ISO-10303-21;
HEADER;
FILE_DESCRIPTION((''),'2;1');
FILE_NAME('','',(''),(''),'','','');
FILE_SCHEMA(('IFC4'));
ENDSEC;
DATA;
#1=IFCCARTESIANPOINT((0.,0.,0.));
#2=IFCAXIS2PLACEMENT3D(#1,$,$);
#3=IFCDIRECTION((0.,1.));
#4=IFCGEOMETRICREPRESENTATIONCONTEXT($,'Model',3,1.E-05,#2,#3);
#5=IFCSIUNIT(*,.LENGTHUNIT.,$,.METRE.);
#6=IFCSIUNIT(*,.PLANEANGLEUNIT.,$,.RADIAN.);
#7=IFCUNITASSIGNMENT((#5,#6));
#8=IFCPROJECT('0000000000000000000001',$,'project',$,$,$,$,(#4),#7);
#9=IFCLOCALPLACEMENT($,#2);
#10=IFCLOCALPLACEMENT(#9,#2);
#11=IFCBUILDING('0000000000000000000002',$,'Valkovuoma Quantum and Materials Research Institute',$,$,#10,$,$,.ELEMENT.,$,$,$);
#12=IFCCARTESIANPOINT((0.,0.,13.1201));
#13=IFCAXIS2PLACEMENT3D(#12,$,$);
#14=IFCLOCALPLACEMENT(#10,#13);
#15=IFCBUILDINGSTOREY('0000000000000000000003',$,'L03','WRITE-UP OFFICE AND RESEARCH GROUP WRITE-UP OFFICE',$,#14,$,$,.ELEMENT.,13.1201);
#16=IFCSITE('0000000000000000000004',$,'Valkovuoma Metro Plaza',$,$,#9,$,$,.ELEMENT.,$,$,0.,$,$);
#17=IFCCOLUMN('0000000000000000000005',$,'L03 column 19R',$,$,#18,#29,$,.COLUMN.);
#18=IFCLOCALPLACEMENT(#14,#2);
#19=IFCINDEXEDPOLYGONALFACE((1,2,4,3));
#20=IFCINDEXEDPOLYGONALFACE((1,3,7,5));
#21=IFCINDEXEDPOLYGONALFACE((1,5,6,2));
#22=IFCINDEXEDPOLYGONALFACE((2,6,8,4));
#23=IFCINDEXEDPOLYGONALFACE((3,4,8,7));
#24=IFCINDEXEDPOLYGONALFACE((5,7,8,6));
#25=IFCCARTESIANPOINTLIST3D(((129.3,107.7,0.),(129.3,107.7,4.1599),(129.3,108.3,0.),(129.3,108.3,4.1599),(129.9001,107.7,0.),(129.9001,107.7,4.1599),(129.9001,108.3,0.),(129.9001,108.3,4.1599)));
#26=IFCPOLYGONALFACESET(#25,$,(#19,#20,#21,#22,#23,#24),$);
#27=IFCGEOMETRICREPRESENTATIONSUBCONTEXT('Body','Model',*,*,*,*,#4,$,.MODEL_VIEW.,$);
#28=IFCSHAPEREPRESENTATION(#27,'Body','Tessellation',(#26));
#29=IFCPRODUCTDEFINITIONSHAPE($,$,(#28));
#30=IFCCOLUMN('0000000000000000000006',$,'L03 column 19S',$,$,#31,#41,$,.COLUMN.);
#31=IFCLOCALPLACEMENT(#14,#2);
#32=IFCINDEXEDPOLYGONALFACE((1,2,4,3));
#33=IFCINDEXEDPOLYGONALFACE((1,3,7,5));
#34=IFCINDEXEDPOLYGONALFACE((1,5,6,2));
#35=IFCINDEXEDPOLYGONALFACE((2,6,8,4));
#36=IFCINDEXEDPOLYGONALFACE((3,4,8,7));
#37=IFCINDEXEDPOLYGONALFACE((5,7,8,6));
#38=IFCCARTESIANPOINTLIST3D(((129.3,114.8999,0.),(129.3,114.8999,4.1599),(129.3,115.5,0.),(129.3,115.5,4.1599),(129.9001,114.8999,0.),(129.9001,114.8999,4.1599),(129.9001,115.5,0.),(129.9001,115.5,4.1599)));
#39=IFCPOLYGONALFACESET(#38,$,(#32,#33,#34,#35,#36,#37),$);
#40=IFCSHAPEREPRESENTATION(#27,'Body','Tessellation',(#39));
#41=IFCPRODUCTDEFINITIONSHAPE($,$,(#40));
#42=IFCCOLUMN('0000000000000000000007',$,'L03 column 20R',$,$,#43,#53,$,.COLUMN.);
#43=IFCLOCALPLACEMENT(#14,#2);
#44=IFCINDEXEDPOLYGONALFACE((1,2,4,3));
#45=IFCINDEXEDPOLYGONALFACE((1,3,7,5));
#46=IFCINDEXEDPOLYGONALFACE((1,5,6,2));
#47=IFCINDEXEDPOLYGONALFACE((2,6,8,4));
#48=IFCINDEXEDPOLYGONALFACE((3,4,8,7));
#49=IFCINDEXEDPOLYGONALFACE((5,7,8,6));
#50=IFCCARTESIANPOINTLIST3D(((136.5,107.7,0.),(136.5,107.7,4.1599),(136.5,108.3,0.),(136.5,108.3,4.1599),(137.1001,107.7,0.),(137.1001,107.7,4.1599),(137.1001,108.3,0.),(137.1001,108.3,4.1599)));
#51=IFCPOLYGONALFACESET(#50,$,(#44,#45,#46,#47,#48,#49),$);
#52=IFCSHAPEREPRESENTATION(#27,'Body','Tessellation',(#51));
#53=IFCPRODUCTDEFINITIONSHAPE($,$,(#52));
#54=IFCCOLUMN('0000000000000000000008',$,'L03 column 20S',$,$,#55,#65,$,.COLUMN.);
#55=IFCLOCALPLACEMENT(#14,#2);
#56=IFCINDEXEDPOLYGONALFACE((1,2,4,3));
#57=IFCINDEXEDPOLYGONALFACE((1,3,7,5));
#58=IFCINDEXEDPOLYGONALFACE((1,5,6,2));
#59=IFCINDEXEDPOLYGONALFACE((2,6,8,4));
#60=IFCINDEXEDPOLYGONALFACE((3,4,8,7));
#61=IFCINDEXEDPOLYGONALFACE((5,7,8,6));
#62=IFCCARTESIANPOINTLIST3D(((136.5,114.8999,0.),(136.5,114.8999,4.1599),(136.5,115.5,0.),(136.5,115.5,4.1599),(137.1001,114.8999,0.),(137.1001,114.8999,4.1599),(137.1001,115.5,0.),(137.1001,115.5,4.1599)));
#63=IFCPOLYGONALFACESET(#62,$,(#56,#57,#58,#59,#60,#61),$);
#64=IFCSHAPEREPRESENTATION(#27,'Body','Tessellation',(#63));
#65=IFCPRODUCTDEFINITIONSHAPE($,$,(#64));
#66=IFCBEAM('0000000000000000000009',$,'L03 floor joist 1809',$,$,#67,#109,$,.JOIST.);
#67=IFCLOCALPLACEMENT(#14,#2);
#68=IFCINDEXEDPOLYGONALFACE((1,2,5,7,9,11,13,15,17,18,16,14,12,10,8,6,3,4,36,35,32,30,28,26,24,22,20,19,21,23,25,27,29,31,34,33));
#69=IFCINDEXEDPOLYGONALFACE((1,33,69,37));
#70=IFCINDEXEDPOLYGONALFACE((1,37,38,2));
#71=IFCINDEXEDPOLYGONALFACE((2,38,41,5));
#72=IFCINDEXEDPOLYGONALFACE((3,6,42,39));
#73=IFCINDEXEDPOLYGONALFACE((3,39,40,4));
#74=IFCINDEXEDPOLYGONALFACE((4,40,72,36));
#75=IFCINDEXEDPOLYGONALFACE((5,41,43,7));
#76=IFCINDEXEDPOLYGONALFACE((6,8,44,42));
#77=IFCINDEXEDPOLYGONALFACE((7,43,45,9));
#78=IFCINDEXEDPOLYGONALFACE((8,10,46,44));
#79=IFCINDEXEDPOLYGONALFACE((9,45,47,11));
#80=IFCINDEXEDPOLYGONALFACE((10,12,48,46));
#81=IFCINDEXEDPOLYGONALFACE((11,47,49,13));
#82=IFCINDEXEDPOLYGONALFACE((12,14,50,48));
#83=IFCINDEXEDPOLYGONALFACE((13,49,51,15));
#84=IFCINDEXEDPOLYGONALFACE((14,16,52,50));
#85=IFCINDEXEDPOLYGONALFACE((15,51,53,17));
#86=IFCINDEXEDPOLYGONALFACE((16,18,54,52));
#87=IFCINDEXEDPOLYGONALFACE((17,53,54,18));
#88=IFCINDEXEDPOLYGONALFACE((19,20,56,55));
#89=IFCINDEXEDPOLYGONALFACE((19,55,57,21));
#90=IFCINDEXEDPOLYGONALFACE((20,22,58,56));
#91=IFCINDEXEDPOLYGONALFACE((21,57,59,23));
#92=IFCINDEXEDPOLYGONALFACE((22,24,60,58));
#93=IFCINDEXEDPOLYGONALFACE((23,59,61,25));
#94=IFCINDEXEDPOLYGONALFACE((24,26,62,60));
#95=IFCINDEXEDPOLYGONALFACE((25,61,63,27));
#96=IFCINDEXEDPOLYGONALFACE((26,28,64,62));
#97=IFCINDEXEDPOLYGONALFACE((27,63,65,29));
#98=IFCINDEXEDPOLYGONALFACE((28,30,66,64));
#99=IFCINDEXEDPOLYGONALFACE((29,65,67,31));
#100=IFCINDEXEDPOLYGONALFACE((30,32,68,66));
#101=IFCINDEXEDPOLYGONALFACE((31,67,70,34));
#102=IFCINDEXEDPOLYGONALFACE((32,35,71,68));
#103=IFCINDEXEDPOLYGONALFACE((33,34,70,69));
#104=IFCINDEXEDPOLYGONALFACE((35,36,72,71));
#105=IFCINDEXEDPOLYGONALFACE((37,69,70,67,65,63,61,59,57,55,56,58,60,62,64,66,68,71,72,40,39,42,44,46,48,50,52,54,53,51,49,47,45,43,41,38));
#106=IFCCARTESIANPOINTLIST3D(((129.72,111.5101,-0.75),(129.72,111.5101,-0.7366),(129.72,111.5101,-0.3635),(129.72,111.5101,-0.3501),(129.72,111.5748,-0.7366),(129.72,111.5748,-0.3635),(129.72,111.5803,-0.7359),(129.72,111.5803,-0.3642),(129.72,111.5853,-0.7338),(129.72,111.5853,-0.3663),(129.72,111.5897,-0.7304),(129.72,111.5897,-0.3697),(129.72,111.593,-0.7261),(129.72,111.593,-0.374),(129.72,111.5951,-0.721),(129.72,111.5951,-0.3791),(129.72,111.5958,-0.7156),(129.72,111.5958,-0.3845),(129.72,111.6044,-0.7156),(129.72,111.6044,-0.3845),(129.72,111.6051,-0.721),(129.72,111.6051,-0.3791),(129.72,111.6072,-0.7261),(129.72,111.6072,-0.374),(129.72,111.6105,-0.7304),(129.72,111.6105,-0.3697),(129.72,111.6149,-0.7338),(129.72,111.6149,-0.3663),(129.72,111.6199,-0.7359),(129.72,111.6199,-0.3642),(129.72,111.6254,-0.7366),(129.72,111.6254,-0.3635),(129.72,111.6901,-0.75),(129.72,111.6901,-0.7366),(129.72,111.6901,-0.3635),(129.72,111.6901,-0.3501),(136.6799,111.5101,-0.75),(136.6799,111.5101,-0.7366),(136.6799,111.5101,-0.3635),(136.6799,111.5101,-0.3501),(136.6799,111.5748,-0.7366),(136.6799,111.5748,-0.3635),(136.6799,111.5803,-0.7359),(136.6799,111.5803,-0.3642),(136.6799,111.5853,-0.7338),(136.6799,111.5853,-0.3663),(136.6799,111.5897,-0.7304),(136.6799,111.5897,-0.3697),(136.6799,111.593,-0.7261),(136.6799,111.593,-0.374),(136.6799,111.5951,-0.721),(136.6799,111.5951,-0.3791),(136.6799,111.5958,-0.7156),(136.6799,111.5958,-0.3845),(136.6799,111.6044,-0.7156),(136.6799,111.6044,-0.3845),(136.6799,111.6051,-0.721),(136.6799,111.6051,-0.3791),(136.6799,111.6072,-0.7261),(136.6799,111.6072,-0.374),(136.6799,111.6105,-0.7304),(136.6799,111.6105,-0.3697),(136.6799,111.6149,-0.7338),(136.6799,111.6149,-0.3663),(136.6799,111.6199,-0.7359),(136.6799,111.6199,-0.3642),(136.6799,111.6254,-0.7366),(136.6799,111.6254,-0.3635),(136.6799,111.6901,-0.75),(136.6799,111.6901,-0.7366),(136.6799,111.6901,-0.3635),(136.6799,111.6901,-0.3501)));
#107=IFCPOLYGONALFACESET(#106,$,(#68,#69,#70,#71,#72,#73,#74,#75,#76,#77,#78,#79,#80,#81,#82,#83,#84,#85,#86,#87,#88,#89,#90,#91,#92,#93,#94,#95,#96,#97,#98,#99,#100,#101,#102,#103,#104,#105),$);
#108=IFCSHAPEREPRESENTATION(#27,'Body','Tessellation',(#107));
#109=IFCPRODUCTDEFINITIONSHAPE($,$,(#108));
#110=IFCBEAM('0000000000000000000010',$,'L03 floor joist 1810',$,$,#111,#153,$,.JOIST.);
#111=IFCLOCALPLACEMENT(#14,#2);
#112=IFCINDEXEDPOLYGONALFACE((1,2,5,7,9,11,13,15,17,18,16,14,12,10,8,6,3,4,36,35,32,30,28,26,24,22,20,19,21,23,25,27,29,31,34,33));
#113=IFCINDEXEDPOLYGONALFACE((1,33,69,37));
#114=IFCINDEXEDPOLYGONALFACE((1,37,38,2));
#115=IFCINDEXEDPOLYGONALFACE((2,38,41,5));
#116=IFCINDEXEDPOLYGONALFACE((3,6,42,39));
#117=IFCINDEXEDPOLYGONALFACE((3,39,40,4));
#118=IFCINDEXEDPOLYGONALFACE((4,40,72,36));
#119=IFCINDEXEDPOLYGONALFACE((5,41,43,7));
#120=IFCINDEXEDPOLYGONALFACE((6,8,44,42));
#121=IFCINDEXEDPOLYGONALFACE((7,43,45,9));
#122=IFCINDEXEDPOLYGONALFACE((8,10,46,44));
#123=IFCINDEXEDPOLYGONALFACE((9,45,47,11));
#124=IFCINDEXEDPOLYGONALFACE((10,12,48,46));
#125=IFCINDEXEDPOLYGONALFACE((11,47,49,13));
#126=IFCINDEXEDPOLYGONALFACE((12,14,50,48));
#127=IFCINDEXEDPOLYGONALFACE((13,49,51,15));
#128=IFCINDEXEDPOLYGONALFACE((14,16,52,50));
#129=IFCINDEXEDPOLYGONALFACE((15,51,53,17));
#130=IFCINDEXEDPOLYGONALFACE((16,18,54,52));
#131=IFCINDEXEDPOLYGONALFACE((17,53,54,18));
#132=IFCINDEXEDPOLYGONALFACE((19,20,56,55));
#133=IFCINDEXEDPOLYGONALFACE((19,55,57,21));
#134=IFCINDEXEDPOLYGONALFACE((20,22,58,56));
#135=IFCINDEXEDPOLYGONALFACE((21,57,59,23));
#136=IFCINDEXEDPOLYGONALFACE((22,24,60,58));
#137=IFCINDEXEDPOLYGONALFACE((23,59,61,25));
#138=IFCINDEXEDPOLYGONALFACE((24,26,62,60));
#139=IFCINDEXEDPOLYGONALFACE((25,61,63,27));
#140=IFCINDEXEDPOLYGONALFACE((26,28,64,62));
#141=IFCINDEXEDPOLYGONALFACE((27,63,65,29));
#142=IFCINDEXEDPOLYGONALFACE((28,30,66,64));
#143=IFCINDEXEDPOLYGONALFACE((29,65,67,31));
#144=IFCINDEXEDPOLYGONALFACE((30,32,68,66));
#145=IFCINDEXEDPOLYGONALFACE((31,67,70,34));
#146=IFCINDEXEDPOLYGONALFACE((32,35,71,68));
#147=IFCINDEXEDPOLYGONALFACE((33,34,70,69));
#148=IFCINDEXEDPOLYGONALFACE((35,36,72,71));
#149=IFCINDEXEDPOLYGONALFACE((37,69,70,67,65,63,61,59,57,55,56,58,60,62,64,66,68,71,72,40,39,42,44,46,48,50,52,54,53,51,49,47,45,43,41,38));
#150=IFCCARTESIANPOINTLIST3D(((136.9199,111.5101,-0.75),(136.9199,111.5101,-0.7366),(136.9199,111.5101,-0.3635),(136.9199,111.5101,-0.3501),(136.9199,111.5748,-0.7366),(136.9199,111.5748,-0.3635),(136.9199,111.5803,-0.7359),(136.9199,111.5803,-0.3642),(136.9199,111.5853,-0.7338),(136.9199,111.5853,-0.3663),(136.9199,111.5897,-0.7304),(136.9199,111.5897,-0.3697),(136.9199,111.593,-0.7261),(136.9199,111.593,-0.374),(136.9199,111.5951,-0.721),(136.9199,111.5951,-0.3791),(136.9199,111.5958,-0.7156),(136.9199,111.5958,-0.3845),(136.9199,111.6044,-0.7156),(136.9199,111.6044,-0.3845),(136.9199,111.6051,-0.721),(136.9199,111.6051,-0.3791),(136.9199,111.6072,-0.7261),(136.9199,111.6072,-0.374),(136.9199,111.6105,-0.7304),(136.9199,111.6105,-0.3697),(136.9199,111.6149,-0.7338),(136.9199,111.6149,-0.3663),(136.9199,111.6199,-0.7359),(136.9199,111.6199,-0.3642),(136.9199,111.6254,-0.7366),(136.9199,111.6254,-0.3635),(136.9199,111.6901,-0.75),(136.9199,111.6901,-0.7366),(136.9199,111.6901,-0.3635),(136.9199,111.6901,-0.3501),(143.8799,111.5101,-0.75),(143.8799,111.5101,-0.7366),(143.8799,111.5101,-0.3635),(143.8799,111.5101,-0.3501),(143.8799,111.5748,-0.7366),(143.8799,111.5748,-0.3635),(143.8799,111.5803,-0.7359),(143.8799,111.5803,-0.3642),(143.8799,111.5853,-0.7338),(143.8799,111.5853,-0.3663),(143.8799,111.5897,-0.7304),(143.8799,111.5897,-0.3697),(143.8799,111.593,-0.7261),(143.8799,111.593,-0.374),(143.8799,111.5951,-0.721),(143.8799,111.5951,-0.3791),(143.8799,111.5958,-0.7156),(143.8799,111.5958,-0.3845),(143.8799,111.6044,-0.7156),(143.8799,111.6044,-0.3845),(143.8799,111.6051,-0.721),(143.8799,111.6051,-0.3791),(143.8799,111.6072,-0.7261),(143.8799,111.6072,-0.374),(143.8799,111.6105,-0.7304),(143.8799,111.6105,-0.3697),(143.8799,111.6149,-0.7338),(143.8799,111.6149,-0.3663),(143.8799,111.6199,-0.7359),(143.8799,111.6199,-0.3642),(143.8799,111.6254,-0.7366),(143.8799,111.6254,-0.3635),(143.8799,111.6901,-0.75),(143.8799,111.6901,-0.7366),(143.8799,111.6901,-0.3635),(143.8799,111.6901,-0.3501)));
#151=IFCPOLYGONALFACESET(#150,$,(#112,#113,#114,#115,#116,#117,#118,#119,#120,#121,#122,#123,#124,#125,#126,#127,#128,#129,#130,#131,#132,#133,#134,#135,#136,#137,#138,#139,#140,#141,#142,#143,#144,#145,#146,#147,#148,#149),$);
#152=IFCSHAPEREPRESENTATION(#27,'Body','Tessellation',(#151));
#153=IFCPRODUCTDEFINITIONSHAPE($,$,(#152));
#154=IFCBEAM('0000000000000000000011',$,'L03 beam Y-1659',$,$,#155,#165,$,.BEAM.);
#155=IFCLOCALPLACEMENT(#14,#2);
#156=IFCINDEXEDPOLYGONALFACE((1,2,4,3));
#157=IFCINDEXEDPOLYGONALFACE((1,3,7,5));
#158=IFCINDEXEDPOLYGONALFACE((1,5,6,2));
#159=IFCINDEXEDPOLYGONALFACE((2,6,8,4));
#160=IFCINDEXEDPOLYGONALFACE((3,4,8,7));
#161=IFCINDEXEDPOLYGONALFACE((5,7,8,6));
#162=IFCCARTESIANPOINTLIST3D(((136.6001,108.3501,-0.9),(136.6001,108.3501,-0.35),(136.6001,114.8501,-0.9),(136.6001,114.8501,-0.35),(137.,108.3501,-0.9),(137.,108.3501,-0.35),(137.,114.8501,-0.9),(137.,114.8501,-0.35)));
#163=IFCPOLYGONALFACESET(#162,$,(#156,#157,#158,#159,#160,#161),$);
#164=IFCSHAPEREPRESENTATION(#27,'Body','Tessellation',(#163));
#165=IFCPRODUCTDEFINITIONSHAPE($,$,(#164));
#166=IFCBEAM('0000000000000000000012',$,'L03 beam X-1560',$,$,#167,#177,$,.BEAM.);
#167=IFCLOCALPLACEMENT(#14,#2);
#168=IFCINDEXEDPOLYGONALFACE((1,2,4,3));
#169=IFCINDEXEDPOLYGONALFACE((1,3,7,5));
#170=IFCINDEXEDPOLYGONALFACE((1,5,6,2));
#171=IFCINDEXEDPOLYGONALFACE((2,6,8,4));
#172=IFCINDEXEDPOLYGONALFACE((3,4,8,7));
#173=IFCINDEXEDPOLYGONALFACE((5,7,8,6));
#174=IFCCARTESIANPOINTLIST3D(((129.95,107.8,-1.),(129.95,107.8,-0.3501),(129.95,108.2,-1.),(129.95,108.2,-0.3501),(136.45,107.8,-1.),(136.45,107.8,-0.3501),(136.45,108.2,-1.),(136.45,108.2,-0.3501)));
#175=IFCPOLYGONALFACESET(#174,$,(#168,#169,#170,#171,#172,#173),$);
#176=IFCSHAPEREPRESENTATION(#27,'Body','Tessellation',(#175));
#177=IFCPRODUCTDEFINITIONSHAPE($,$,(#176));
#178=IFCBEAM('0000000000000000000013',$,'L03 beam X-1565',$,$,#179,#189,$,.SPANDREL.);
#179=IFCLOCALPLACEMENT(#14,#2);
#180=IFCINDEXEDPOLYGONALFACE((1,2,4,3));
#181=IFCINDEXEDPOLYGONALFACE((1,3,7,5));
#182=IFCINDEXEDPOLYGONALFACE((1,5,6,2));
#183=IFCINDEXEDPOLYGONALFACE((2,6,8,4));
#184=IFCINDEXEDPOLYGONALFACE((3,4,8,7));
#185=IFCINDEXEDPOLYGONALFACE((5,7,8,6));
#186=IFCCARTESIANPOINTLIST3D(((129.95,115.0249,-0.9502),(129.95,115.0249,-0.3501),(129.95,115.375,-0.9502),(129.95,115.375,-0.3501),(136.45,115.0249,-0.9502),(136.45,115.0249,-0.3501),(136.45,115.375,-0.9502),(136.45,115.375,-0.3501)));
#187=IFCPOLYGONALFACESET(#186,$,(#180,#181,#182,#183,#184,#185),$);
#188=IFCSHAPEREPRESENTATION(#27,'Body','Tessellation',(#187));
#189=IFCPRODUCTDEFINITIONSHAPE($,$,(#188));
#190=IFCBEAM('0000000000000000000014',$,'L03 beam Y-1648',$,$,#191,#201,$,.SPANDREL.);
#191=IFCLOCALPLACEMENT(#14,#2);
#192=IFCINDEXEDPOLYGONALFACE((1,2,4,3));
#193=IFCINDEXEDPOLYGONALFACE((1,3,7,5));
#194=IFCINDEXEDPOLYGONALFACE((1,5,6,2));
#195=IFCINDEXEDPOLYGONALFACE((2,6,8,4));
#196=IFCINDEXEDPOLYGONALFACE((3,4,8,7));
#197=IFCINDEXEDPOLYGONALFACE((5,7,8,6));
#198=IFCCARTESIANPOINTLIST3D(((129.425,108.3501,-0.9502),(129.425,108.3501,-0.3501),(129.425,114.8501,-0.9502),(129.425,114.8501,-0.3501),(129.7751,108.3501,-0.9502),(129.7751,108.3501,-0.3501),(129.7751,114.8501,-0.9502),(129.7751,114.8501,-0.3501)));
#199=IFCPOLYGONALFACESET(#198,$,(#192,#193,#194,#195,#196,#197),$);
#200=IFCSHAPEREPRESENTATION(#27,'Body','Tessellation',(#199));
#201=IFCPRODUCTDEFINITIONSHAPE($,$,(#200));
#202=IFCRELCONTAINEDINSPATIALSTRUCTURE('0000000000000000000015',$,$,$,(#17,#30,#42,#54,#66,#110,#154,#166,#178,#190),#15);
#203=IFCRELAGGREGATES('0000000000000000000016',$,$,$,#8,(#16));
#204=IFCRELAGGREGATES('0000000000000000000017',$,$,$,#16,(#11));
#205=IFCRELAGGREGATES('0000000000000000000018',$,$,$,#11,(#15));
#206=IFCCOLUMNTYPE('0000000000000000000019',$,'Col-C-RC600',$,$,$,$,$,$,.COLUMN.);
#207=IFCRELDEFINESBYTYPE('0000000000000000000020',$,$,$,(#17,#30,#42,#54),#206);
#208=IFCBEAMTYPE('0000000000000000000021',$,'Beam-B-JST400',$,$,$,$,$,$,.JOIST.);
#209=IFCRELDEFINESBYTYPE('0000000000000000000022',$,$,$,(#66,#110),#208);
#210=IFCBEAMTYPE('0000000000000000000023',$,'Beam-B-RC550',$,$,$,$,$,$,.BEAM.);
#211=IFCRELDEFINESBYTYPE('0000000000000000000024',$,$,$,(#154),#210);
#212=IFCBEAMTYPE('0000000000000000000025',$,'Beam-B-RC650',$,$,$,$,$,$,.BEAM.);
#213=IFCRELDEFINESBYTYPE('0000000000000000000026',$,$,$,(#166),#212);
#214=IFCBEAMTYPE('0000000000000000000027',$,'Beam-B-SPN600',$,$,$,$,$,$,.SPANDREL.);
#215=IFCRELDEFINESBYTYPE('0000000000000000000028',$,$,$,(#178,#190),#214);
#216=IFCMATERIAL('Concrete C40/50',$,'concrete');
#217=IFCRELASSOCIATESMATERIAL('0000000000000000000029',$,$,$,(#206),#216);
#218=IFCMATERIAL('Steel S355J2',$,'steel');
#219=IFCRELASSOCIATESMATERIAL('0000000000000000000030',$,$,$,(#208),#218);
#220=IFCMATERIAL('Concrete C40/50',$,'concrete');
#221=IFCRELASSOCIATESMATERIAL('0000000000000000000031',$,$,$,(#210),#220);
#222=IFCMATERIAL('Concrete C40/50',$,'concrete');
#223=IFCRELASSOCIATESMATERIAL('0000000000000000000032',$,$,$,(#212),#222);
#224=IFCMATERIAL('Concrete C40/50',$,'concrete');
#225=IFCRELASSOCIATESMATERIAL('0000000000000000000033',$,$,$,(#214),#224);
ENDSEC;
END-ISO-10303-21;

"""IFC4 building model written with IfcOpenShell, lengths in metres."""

from ifc_helpers import new_model, si_unit, direction, frame, origin, origin_2d, place, context, subcontext, project, spatial, rectangle, i_section, extrude, material, material_profile, profile_set, type_object, element, save


model = new_model("IFC4")

# Units and contexts
model_context = context("Model", 3, precision=1e-05, world=origin(), true_north=direction((0.0, 1.0)))
body_context = subcontext(model_context, "Body", "Model", "MODEL_VIEW")
ifc_project = project(units=[si_unit("LENGTHUNIT", "METRE"), si_unit("PLANEANGLEUNIT", "RADIAN")], contexts=[model_context])

# Site, building, storey
site_placement = place(None, origin())
site = spatial("IfcSite", under=ifc_project, at=site_placement, Name="Valkovuoma Metro Plaza", CompositionType="ELEMENT", RefElevation=0.0)
building_placement = place(site_placement, origin())
building = spatial("IfcBuilding", under=site, at=building_placement, Name="Valkovuoma Quantum and Materials Research Institute", CompositionType="ELEMENT")
storey_placement = place(building_placement, frame((0.0, 0.0, 13.1201)))
storey = spatial("IfcBuildingStorey", under=building, at=storey_placement, Name="L03", Description="WRITE-UP OFFICE AND RESEARCH GROUP WRITE-UP OFFICE", CompositionType="ELEMENT", Elevation=13.1201)

# Columns
ifc_material_1 = material(Name="Concrete C40/50", Category="concrete")
ifc_material_profile_1 = material_profile(ifc_material_1, rectangle(XDim=0.6001, YDim=0.6001, at=origin_2d()), Name="Concrete C40/50")
ifc_profile_set_1 = profile_set([ifc_material_profile_1], Name="Concrete C40/50")
column_type = type_object("IfcColumnType", Name="Col-C-RC600", PredefinedType="COLUMN", material=ifc_profile_set_1)
for number, where, z_axis, x_axis, name in (
    (1, (129.6001, 108.0, 0.0), (0.0, 0.0, 1.0), (1.0, 0.0, 0.0), "L03 column 19R"),
    (2, (129.6001, 115.2, 0.0), (0.0, 0.0, 1.0), (1.0, 0.0, 0.0), "L03 column 19S"),
    (3, (136.8, 108.0, 0.0), (0.0, 0.0, 1.0), (1.0, 0.0, 0.0), "L03 column 20R"),
    (4, (136.8, 115.2, 0.0), (0.0, 0.0, 1.0), (1.0, 0.0, 0.0), "L03 column 20S"),
):
    element("IfcColumn", number, at=place(storey_placement, frame(where, z_axis=z_axis, x_axis=x_axis)), inside=storey, type_object=column_type, Name=name, PredefinedType="COLUMN", context=body_context, shape_type="SweptSolid", body=[
        extrude(rectangle(XDim=0.6001, YDim=0.6001, at=origin_2d()), origin(), (0.0, 0.0, 1.0), 4.1599),
    ])

# Beams
ifc_material_2 = material(Name="Steel S355J2", Category="steel")
ifc_material_profile_2 = material_profile(ifc_material_2, i_section(OverallWidth=0.1799, OverallDepth=0.3999, WebThickness=0.0085, FlangeThickness=0.0134, FilletRadius=0.021, at=origin_2d()), Name="Steel S355J2")
ifc_profile_set_2 = profile_set([ifc_material_profile_2], Name="Steel S355J2")
beam_type_1 = type_object("IfcBeamType", Name="Beam-B-JST400", PredefinedType="JOIST", material=ifc_profile_set_2)
for number, where, z_axis, x_axis, name in (
    (5, (129.72, 111.6001, -0.55), (1.0, 0.0, 0.0), (0.0, 1.0, 0.0), "L03 floor joist 1809"),
    (6, (136.9199, 111.6001, -0.55), (1.0, 0.0, 0.0), (0.0, 1.0, 0.0), "L03 floor joist 1810"),
):
    element("IfcBeam", number, at=place(storey_placement, frame(where, z_axis=z_axis, x_axis=x_axis)), inside=storey, type_object=beam_type_1, Name=name, PredefinedType="JOIST", context=body_context, shape_type="SweptSolid", body=[
        extrude(i_section(OverallWidth=0.1799, OverallDepth=0.3999, WebThickness=0.0085, FlangeThickness=0.0134, FilletRadius=0.021, at=origin_2d()), origin(), (0.0, 0.0, 1.0), 6.96),
    ])
ifc_material_3 = material(Name="Concrete C40/50", Category="concrete")
ifc_material_profile_3 = material_profile(ifc_material_3, rectangle(XDim=0.3999, YDim=0.55, at=origin_2d()), Name="Concrete C40/50")
ifc_profile_set_3 = profile_set([ifc_material_profile_3], Name="Concrete C40/50")
beam_type_2 = type_object("IfcBeamType", Name="Beam-B-RC550", PredefinedType="BEAM", material=ifc_profile_set_3)
beam_1_placement = place(storey_placement, frame((136.8, 108.3501, -0.625), z_axis=(0.0, 1.0, 0.0), x_axis=(-1.0, 0.0, 0.0)))
element("IfcBeam", 7, at=beam_1_placement, inside=storey, type_object=beam_type_2, Name="L03 beam Y-1659", PredefinedType="BEAM", context=body_context, shape_type="SweptSolid", body=[
    extrude(rectangle(XDim=0.3999, YDim=0.55, at=origin_2d()), origin(), (0.0, 0.0, 1.0), 6.5),
])
ifc_material_4 = material(Name="Concrete C40/50", Category="concrete")
ifc_material_profile_4 = material_profile(ifc_material_4, rectangle(XDim=0.3999, YDim=0.6499, at=origin_2d()), Name="Concrete C40/50")
ifc_profile_set_4 = profile_set([ifc_material_profile_4], Name="Concrete C40/50")
beam_type_3 = type_object("IfcBeamType", Name="Beam-B-RC650", PredefinedType="BEAM", material=ifc_profile_set_4)
beam_2_placement = place(storey_placement, frame((129.95, 108.0, -0.675), z_axis=(1.0, 0.0, 0.0), x_axis=(0.0, 1.0, 0.0)))
element("IfcBeam", 8, at=beam_2_placement, inside=storey, type_object=beam_type_3, Name="L03 beam X-1560", PredefinedType="BEAM", context=body_context, shape_type="SweptSolid", body=[
    extrude(rectangle(XDim=0.3999, YDim=0.6499, at=origin_2d()), origin(), (0.0, 0.0, 1.0), 6.5),
])
ifc_material_5 = material(Name="Concrete C40/50", Category="concrete")
ifc_material_profile_5 = material_profile(ifc_material_5, rectangle(XDim=0.3501, YDim=0.6001, at=origin_2d()), Name="Concrete C40/50")
ifc_profile_set_5 = profile_set([ifc_material_profile_5], Name="Concrete C40/50")
beam_type_4 = type_object("IfcBeamType", Name="Beam-B-SPN600", PredefinedType="SPANDREL", material=ifc_profile_set_5)
for number, where, z_axis, x_axis, name in (
    (9, (129.95, 115.2, -0.6501), (1.0, 0.0, 0.0), (0.0, 1.0, 0.0), "L03 beam X-1565"),
    (10, (129.6001, 108.3501, -0.6501), (0.0, 1.0, 0.0), (-1.0, 0.0, 0.0), "L03 beam Y-1648"),
):
    element("IfcBeam", number, at=place(storey_placement, frame(where, z_axis=z_axis, x_axis=x_axis)), inside=storey, type_object=beam_type_4, Name=name, PredefinedType="SPANDREL", context=body_context, shape_type="SweptSolid", body=[
        extrude(rectangle(XDim=0.3501, YDim=0.6001, at=origin_2d()), origin(), (0.0, 0.0, 1.0), 6.5),
    ])

save(model, "model.ifc")
